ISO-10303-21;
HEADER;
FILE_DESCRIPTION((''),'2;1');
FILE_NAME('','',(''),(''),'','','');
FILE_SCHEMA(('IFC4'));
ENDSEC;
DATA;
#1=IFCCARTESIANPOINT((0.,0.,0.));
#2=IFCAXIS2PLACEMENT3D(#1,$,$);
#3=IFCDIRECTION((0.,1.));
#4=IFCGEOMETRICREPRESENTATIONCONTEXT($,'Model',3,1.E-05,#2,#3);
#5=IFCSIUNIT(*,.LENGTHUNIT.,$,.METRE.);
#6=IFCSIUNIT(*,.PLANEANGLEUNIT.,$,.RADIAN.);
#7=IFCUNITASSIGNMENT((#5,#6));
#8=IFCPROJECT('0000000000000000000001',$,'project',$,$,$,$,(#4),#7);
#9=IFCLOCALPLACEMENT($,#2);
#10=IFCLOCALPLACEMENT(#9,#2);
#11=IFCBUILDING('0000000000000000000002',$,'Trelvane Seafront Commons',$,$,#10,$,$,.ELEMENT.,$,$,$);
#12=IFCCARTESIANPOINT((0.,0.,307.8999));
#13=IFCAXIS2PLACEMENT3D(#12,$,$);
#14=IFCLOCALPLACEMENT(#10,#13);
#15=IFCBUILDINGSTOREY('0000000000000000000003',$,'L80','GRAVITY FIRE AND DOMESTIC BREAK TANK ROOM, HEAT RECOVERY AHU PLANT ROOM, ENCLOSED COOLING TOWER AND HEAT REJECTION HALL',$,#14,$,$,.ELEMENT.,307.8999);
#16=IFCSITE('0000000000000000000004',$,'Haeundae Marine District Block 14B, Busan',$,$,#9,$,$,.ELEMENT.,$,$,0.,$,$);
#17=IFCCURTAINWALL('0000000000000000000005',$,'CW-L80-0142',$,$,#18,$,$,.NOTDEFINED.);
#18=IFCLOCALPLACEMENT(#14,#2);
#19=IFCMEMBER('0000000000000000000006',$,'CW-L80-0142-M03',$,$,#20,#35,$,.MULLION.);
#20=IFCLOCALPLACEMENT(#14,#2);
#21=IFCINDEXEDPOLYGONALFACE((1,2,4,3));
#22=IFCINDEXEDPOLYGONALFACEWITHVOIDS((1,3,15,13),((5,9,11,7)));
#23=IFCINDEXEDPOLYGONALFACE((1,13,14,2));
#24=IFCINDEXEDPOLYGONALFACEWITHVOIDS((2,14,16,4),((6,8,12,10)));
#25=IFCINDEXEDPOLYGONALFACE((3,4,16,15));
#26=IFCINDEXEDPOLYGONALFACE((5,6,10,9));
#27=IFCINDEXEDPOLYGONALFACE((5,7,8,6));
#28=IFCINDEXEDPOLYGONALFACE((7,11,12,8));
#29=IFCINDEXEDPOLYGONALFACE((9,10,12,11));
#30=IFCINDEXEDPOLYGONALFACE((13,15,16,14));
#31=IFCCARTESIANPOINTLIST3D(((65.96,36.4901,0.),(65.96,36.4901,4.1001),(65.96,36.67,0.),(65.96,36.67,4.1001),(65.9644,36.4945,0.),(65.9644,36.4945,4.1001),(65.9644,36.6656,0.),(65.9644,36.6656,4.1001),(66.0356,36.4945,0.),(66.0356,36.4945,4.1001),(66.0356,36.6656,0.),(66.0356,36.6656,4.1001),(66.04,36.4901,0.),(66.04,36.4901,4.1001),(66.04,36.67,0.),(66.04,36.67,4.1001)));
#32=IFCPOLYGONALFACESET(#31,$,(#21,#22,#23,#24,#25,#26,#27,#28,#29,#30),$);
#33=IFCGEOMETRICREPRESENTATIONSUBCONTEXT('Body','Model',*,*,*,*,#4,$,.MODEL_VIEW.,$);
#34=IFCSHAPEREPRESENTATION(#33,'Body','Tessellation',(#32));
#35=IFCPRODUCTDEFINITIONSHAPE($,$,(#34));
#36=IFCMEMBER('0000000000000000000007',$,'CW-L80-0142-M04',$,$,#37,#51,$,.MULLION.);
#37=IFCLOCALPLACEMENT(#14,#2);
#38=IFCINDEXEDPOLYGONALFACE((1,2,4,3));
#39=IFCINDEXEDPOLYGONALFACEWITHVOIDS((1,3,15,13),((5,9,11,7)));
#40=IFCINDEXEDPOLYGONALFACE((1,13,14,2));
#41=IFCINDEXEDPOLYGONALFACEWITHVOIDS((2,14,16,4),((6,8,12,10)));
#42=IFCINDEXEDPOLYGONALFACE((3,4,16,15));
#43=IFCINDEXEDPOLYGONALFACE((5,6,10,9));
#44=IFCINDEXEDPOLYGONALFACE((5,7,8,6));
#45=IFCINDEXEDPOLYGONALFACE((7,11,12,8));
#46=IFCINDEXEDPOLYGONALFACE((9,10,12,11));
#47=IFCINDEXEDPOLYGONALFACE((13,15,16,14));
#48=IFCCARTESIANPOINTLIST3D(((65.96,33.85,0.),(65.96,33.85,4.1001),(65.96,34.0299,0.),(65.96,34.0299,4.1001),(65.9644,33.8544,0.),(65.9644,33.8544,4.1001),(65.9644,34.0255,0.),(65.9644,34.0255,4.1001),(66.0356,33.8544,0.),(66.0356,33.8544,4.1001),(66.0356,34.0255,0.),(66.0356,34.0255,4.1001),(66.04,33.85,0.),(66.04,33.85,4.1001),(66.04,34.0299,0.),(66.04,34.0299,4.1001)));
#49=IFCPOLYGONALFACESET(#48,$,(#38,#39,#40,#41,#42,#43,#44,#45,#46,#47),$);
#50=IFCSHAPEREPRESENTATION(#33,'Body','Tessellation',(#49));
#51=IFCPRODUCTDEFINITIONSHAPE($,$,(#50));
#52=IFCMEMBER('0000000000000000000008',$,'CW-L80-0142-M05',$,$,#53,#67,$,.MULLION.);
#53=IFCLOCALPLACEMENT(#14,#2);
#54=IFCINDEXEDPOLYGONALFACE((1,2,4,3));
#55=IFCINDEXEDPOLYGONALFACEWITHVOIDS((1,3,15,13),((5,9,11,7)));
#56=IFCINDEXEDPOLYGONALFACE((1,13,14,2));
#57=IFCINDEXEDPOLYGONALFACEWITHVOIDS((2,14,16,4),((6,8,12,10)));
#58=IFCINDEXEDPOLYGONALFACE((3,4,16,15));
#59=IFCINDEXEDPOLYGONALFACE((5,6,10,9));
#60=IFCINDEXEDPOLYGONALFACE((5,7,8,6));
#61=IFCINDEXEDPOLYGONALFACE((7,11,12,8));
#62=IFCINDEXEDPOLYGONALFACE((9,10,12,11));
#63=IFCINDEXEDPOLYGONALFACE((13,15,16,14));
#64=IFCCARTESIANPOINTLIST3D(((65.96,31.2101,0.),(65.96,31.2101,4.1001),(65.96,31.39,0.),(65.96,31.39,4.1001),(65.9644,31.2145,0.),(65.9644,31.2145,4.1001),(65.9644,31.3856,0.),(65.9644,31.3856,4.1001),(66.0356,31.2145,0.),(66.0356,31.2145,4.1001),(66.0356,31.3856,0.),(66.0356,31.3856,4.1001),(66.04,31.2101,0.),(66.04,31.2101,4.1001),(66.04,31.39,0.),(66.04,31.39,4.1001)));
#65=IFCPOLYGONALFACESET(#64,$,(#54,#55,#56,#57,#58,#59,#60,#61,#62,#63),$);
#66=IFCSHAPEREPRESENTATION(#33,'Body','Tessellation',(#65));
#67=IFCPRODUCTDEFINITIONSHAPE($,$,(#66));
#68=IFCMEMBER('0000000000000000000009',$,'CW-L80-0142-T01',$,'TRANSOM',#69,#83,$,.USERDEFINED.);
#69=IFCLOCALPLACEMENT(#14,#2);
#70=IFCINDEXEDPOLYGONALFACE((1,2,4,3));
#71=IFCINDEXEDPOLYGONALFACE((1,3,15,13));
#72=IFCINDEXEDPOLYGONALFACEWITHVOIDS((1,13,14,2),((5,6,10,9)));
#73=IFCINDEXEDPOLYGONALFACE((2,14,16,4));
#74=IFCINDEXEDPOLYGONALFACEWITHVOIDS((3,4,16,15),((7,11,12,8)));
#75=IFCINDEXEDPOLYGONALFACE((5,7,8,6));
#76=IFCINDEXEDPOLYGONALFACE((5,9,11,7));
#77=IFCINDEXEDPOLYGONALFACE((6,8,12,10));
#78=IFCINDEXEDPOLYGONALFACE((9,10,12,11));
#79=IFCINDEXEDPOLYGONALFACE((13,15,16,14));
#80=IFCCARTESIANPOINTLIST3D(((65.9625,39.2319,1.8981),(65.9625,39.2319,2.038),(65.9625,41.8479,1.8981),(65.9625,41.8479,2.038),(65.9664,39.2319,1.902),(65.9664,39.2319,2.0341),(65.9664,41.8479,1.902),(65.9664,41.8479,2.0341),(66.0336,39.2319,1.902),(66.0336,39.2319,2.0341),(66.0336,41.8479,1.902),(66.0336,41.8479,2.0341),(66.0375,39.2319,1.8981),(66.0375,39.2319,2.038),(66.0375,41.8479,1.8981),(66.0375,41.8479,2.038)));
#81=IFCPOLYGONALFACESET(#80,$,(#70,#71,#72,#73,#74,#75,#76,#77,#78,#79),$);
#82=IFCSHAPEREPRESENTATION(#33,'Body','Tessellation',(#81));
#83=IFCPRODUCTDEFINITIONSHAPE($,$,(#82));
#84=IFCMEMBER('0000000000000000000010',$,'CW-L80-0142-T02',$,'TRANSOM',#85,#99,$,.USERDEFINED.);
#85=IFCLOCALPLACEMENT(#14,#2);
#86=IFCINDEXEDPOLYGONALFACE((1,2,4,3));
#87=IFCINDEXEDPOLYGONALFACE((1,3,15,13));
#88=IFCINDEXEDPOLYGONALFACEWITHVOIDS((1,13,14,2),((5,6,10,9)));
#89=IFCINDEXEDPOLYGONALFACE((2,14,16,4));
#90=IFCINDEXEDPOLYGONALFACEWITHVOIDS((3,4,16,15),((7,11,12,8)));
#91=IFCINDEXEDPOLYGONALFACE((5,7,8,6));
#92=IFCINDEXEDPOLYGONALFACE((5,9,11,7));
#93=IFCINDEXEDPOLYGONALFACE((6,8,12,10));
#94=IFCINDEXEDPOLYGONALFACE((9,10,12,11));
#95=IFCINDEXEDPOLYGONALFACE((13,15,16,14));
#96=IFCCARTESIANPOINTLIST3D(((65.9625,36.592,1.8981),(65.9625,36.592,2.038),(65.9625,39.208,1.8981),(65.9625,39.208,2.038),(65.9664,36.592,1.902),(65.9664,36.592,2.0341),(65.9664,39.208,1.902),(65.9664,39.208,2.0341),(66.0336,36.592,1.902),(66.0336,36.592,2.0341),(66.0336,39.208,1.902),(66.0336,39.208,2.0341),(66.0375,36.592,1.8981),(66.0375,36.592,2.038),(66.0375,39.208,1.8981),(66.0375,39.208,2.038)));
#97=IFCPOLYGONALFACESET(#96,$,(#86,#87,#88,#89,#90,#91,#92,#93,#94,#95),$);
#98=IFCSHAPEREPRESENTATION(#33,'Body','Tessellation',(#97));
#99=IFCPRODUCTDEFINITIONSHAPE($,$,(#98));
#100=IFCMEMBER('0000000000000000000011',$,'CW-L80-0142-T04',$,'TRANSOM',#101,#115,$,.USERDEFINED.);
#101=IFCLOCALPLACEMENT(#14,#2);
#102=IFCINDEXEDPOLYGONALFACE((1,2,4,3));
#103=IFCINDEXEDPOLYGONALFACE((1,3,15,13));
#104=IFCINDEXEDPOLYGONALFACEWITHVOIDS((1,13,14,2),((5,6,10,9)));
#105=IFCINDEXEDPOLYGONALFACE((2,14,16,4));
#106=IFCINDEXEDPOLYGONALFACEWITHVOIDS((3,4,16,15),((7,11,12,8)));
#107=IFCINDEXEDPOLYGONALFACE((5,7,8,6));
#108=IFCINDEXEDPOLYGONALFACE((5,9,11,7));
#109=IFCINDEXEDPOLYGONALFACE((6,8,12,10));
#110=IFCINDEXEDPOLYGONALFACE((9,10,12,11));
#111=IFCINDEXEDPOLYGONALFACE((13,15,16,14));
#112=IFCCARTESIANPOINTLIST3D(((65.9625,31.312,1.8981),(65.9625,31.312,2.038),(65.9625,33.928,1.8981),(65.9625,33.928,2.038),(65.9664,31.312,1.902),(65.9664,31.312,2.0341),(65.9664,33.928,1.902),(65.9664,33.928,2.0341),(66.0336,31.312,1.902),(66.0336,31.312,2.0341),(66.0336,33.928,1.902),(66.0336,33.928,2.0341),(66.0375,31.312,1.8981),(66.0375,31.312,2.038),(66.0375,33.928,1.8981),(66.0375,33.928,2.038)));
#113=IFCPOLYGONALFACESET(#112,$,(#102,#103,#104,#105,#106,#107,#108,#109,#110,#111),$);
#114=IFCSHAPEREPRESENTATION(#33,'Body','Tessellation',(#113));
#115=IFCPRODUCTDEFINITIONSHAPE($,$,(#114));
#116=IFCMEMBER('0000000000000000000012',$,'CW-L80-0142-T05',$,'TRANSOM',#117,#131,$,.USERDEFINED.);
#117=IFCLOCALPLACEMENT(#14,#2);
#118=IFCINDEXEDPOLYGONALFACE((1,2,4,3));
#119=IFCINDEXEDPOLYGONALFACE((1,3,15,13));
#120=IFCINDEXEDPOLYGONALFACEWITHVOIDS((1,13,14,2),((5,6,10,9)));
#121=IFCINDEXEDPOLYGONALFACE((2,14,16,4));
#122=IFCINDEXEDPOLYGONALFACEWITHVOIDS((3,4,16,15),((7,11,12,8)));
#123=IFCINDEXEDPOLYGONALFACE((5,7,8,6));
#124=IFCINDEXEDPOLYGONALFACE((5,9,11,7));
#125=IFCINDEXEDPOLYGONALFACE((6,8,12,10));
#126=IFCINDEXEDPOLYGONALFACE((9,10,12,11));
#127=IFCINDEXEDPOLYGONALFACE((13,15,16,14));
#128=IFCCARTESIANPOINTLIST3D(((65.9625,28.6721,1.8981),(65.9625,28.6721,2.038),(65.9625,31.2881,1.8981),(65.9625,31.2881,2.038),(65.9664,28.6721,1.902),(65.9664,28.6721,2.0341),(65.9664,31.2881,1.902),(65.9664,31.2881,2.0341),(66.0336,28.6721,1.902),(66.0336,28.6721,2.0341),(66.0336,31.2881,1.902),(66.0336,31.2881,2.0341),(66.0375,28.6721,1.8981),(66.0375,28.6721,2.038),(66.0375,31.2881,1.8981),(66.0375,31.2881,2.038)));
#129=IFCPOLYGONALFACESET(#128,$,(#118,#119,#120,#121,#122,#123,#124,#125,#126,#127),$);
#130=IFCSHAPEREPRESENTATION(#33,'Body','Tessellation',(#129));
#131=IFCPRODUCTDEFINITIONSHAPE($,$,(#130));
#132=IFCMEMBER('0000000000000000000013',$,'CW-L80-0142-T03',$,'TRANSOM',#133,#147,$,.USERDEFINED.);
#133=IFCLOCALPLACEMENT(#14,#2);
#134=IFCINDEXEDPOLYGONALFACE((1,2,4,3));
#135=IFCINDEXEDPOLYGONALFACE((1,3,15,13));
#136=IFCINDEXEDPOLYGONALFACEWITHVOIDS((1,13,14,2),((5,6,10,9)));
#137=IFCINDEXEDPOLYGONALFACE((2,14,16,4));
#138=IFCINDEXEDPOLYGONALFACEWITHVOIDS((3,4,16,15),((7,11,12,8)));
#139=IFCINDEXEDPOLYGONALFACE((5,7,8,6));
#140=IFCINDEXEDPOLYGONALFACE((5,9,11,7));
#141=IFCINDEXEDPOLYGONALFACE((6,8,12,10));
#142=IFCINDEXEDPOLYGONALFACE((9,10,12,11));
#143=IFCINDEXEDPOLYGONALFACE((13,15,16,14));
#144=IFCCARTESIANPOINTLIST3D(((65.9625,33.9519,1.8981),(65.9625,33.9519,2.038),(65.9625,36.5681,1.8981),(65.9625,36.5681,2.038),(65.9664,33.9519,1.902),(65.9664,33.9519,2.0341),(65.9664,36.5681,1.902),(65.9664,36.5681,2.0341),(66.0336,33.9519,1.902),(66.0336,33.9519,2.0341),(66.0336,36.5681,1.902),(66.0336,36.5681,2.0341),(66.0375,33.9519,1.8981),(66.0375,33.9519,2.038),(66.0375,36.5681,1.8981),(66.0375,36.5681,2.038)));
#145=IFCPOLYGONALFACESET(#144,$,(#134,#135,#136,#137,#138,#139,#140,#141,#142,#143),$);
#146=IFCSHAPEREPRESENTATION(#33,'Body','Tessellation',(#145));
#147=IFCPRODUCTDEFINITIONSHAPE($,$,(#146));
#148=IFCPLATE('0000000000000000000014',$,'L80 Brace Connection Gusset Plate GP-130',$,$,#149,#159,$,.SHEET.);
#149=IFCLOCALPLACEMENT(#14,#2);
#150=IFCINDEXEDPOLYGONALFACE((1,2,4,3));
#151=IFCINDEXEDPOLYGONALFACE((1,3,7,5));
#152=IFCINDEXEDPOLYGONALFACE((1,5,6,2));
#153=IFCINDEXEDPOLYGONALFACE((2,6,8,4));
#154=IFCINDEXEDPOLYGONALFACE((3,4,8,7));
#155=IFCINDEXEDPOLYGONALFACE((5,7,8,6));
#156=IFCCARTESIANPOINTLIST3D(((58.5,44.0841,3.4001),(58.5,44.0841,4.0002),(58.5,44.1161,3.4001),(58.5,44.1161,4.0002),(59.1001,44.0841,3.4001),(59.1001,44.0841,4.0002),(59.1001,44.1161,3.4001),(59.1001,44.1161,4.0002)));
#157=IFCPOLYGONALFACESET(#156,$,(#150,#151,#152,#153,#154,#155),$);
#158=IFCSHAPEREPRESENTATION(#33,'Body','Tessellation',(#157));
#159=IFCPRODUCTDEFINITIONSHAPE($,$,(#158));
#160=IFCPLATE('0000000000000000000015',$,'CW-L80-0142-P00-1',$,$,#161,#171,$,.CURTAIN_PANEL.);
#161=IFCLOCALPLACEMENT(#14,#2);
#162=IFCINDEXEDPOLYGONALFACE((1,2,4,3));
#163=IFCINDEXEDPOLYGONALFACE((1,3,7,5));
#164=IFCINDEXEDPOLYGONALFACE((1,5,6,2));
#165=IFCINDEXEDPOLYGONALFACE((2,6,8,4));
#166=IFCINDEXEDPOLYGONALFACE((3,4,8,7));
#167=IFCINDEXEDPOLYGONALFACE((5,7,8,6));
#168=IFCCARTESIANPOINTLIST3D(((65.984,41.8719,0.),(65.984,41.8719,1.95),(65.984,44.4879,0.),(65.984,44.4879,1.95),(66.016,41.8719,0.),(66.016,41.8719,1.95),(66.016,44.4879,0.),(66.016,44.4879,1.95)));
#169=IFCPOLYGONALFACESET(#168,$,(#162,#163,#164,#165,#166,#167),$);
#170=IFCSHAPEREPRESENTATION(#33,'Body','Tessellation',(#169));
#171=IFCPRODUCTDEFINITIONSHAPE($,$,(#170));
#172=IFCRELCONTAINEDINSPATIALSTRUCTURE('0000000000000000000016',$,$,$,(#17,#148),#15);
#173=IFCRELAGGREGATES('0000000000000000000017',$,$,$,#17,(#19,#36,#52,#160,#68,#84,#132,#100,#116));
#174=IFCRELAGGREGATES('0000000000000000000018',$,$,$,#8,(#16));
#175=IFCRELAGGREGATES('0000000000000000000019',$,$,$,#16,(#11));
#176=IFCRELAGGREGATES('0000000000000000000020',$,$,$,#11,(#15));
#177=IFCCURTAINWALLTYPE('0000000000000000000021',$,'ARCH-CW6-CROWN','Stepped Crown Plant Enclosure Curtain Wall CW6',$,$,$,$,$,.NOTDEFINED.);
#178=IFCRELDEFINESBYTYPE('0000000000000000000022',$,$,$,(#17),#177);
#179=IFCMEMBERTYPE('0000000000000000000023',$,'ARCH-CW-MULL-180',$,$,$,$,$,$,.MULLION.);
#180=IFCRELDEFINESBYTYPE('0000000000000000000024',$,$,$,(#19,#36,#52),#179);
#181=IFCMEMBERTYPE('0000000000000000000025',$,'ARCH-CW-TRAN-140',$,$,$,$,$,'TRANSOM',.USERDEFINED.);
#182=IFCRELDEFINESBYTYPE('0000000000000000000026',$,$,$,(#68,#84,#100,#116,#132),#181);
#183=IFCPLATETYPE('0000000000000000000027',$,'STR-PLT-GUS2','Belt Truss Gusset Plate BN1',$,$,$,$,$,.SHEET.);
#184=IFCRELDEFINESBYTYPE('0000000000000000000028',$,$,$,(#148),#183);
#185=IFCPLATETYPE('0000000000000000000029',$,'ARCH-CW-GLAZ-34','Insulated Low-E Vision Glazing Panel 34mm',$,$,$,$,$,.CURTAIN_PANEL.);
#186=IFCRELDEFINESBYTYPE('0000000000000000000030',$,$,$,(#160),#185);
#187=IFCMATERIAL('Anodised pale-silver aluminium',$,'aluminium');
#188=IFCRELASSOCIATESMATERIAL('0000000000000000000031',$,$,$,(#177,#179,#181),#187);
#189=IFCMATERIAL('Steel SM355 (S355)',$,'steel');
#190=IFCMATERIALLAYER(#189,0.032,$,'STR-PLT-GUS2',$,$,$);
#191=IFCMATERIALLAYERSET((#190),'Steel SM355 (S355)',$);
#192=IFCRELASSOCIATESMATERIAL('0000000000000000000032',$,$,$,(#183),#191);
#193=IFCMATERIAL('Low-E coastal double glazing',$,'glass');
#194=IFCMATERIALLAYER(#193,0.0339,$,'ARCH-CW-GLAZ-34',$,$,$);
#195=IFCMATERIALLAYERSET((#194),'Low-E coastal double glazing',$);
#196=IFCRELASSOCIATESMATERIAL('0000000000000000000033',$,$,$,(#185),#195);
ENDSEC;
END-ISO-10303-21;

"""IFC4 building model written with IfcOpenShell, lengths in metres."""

from ifc_helpers import new_model, si_unit, direction, frame, origin, origin_2d, place, context, subcontext, project, spatial, rectangle, hollow_rectangle, extrude, source, transform, mapped, material, layer, layer_set, material_profile, profile_set, type_object, element, aggregate, save


model = new_model("IFC4")

# Units and contexts
model_context = context("Model", 3, precision=1e-05, world=origin(), true_north=direction((0.0, 1.0)))
body_context = subcontext(model_context, "Body", "Model", "MODEL_VIEW")
ifc_project = project(units=[si_unit("LENGTHUNIT", "METRE"), si_unit("PLANEANGLEUNIT", "RADIAN")], contexts=[model_context])

# Site, building, storey
site_placement = place(None, origin())
site = spatial("IfcSite", under=ifc_project, at=site_placement, Name="Haeundae Marine District Block 14B, Busan", CompositionType="ELEMENT", RefElevation=0.0)
building_placement = place(site_placement, origin())
building = spatial("IfcBuilding", under=site, at=building_placement, Name="Trelvane Seafront Commons", CompositionType="ELEMENT")
storey_placement = place(building_placement, frame((0.0, 0.0, 307.8999)))
storey = spatial("IfcBuildingStorey", under=building, at=storey_placement, Name="L80", Description="GRAVITY FIRE AND DOMESTIC BREAK TANK ROOM, HEAT RECOVERY AHU PLANT ROOM, ENCLOSED COOLING TOWER AND HEAT REJECTION HALL", CompositionType="ELEMENT", Elevation=307.8999)

# Shared definitions
ifc_material_1 = material(Name="Steel SM355 (S355)", Category="steel")

# Curtain wall, members
ifc_material_2 = material(Name="Anodised pale-silver aluminium", Category="aluminium")
curtain_wall_type = type_object("IfcCurtainWallType", Name="ARCH-CW6-CROWN", Description="Stepped Crown Plant Enclosure Curtain Wall CW6", PredefinedType="NOTDEFINED", material=ifc_material_2)
curtain_wall_placement = place(storey_placement, origin())
curtain_wall = element("IfcCurtainWall", 1, at=curtain_wall_placement, inside=storey, type_object=curtain_wall_type, Name="CW-L80-0142", PredefinedType="NOTDEFINED")
ifc_material_profile_1 = material_profile(ifc_material_2, hollow_rectangle(XDim=0.0801, YDim=0.1799, WallThickness=0.0044, at=origin_2d()), Name="MULL-80x180x4.5")
ifc_profile_set_1 = profile_set([ifc_material_profile_1], Name="Anodised pale-silver aluminium")
member_type_1 = type_object("IfcMemberType", Name="ARCH-CW-MULL-180", PredefinedType="MULLION", material=ifc_profile_set_1)
shared_shape_1 = source(origin(), body_context, "Body", "SweptSolid", [
    extrude(hollow_rectangle(XDim=0.0801, YDim=0.1799, WallThickness=0.0044, at=origin_2d()), origin(), (0.0, 0.0, 1.0), 4.1001),
])
member_1_placement = place(storey_placement, frame((66.0, 36.5801, 0.0), z_axis=(0.0, 0.0, 1.0), x_axis=(1.0, 0.0, 0.0)))
member_1 = element("IfcMember", 2, at=member_1_placement, type_object=member_type_1, Name="CW-L80-0142-M03", PredefinedType="MULLION", context=body_context, shape_type="MappedRepresentation", body=[
    mapped(shared_shape_1, transform((0.0, 0.0, 0.0), x_axis=(1.0, 0.0, 0.0), y_axis=(0.0, 1.0, 0.0), z_axis=(0.0, 0.0, 1.0), scale=1.0)),
])
member_2_placement = place(storey_placement, frame((66.0, 33.9399, 0.0), z_axis=(0.0, 0.0, 1.0), x_axis=(1.0, 0.0, 0.0)))
member_2 = element("IfcMember", 3, at=member_2_placement, type_object=member_type_1, Name="CW-L80-0142-M04", PredefinedType="MULLION", context=body_context, shape_type="MappedRepresentation", body=[
    mapped(shared_shape_1, transform((0.0, 0.0, 0.0), x_axis=(1.0, 0.0, 0.0), y_axis=(0.0, 1.0, 0.0), z_axis=(0.0, 0.0, 1.0), scale=1.0)),
])
member_3_placement = place(storey_placement, frame((66.0, 31.3, 0.0), z_axis=(0.0, 0.0, 1.0), x_axis=(1.0, 0.0, 0.0)))
member_3 = element("IfcMember", 4, at=member_3_placement, type_object=member_type_1, Name="CW-L80-0142-M05", PredefinedType="MULLION", context=body_context, shape_type="MappedRepresentation", body=[
    mapped(shared_shape_1, transform((0.0, 0.0, 0.0), x_axis=(1.0, 0.0, 0.0), y_axis=(0.0, 1.0, 0.0), z_axis=(0.0, 0.0, 1.0), scale=1.0)),
])
ifc_material_profile_2 = material_profile(ifc_material_2, hollow_rectangle(XDim=0.075, YDim=0.1399, WallThickness=0.0039, at=origin_2d()), Name="TRAN-75x140x4")
ifc_profile_set_2 = profile_set([ifc_material_profile_2], Name="Anodised pale-silver aluminium")
member_type_2 = type_object("IfcMemberType", Name="ARCH-CW-TRAN-140", ElementType="TRANSOM", PredefinedType="USERDEFINED", material=ifc_profile_set_2)
shared_shape_2 = source(origin(), body_context, "Body", "SweptSolid", [
    extrude(hollow_rectangle(XDim=0.075, YDim=0.1399, WallThickness=0.0039, at=origin_2d()), origin(), (0.0, 0.0, 1.0), 2.616),
])
member_4_placement = place(storey_placement, frame((66.0, 41.8479, 1.968), z_axis=(0.0, -1.0, 0.0), x_axis=(1.0, 0.0, 0.0)))
member_4 = element("IfcMember", 5, at=member_4_placement, type_object=member_type_2, Name="CW-L80-0142-T01", ObjectType="TRANSOM", PredefinedType="USERDEFINED", context=body_context, shape_type="MappedRepresentation", body=[
    mapped(shared_shape_2, transform((0.0, 0.0, 0.0), x_axis=(1.0, 0.0, 0.0), y_axis=(0.0, 1.0, 0.0), z_axis=(0.0, 0.0, 1.0), scale=1.0)),
])
member_5_placement = place(storey_placement, frame((66.0, 39.208, 1.968), z_axis=(0.0, -1.0, 0.0), x_axis=(1.0, 0.0, 0.0)))
member_5 = element("IfcMember", 6, at=member_5_placement, type_object=member_type_2, Name="CW-L80-0142-T02", ObjectType="TRANSOM", PredefinedType="USERDEFINED", context=body_context, shape_type="MappedRepresentation", body=[
    mapped(shared_shape_2, transform((0.0, 0.0, 0.0), x_axis=(1.0, 0.0, 0.0), y_axis=(0.0, 1.0, 0.0), z_axis=(0.0, 0.0, 1.0), scale=1.0)),
])
member_6_placement = place(storey_placement, frame((66.0, 33.928, 1.968), z_axis=(0.0, -1.0, 0.0), x_axis=(1.0, 0.0, 0.0)))
member_6 = element("IfcMember", 7, at=member_6_placement, type_object=member_type_2, Name="CW-L80-0142-T04", ObjectType="TRANSOM", PredefinedType="USERDEFINED", context=body_context, shape_type="MappedRepresentation", body=[
    mapped(shared_shape_2, transform((0.0, 0.0, 0.0), x_axis=(1.0, 0.0, 0.0), y_axis=(0.0, 1.0, 0.0), z_axis=(0.0, 0.0, 1.0), scale=1.0)),
])
member_7_placement = place(storey_placement, frame((66.0, 31.2881, 1.968), z_axis=(0.0, -1.0, 0.0), x_axis=(1.0, 0.0, 0.0)))
member_7 = element("IfcMember", 8, at=member_7_placement, type_object=member_type_2, Name="CW-L80-0142-T05", ObjectType="TRANSOM", PredefinedType="USERDEFINED", context=body_context, shape_type="MappedRepresentation", body=[
    mapped(shared_shape_2, transform((0.0, 0.0, 0.0), x_axis=(1.0, 0.0, 0.0), y_axis=(0.0, 1.0, 0.0), z_axis=(0.0, 0.0, 1.0), scale=1.0)),
])
shared_shape_3 = source(origin(), body_context, "Body", "SweptSolid", [
    extrude(hollow_rectangle(XDim=0.075, YDim=0.1399, WallThickness=0.0039, at=origin_2d()), origin(), (0.0, 0.0, 1.0), 2.6162),
])
member_8_placement = place(storey_placement, frame((66.0, 36.5681, 1.968), z_axis=(0.0, -1.0, 0.0), x_axis=(1.0, 0.0, 0.0)))
member_8 = element("IfcMember", 9, at=member_8_placement, type_object=member_type_2, Name="CW-L80-0142-T03", ObjectType="TRANSOM", PredefinedType="USERDEFINED", context=body_context, shape_type="MappedRepresentation", body=[
    mapped(shared_shape_3, transform((0.0, 0.0, 0.0), x_axis=(1.0, 0.0, 0.0), y_axis=(0.0, 1.0, 0.0), z_axis=(0.0, 0.0, 1.0), scale=1.0)),
])

# Plates
ifc_layer_1 = layer(ifc_material_1, 0.032, Name="STR-PLT-GUS2")
ifc_layer_set_1 = layer_set([ifc_layer_1], Name="Steel SM355 (S355)")
plate_type_1 = type_object("IfcPlateType", Name="STR-PLT-GUS2", Description="Belt Truss Gusset Plate BN1", PredefinedType="SHEET", material=ifc_layer_set_1)
shared_shape_4 = source(origin(), body_context, "Body", "SweptSolid", [
    extrude(rectangle(XDim=0.6001, YDim=0.032, at=origin_2d()), origin(), (0.0, 0.0, 1.0), 0.6001),
])
plate_1_placement = place(storey_placement, frame((58.8, 44.1001, 3.4001), z_axis=(0.0, 0.0, 1.0), x_axis=(1.0, 0.0, 0.0)))
element("IfcPlate", 10, at=plate_1_placement, inside=storey, type_object=plate_type_1, Name="L80 Brace Connection Gusset Plate GP-130", PredefinedType="SHEET", context=body_context, shape_type="MappedRepresentation", body=[
    mapped(shared_shape_4, transform((0.0, 0.0, 0.0), x_axis=(1.0, 0.0, 0.0), y_axis=(0.0, 1.0, 0.0), z_axis=(0.0, 0.0, 1.0), scale=1.0)),
])
ifc_material_3 = material(Name="Low-E coastal double glazing", Category="glass")
ifc_layer_2 = layer(ifc_material_3, 0.0339, Name="ARCH-CW-GLAZ-34")
ifc_layer_set_2 = layer_set([ifc_layer_2], Name="Low-E coastal double glazing")
plate_type_2 = type_object("IfcPlateType", Name="ARCH-CW-GLAZ-34", Description="Insulated Low-E Vision Glazing Panel 34mm", PredefinedType="CURTAIN_PANEL", material=ifc_layer_set_2)
shared_shape_5 = source(origin(), body_context, "Body", "SweptSolid", [
    extrude(rectangle(XDim=2.616, YDim=0.032, at=origin_2d()), origin(), (0.0, 0.0, 1.0), 1.95),
])
plate_2_placement = place(storey_placement, frame((66.0, 43.1799, 0.0), z_axis=(0.0, 0.0, 1.0), x_axis=(0.0, -1.0, 0.0)))
plate_2 = element("IfcPlate", 11, at=plate_2_placement, type_object=plate_type_2, Name="CW-L80-0142-P00-1", PredefinedType="CURTAIN_PANEL", context=body_context, shape_type="MappedRepresentation", body=[
    mapped(shared_shape_5, transform((0.0, 0.0, 0.0), x_axis=(1.0, 0.0, 0.0), y_axis=(0.0, 1.0, 0.0), z_axis=(0.0, 0.0, 1.0), scale=1.0)),
])
aggregate(curtain_wall, [member_1, member_2, member_3, plate_2, member_4, member_5, member_8, member_6, member_7])

save(model, "model.ifc")
